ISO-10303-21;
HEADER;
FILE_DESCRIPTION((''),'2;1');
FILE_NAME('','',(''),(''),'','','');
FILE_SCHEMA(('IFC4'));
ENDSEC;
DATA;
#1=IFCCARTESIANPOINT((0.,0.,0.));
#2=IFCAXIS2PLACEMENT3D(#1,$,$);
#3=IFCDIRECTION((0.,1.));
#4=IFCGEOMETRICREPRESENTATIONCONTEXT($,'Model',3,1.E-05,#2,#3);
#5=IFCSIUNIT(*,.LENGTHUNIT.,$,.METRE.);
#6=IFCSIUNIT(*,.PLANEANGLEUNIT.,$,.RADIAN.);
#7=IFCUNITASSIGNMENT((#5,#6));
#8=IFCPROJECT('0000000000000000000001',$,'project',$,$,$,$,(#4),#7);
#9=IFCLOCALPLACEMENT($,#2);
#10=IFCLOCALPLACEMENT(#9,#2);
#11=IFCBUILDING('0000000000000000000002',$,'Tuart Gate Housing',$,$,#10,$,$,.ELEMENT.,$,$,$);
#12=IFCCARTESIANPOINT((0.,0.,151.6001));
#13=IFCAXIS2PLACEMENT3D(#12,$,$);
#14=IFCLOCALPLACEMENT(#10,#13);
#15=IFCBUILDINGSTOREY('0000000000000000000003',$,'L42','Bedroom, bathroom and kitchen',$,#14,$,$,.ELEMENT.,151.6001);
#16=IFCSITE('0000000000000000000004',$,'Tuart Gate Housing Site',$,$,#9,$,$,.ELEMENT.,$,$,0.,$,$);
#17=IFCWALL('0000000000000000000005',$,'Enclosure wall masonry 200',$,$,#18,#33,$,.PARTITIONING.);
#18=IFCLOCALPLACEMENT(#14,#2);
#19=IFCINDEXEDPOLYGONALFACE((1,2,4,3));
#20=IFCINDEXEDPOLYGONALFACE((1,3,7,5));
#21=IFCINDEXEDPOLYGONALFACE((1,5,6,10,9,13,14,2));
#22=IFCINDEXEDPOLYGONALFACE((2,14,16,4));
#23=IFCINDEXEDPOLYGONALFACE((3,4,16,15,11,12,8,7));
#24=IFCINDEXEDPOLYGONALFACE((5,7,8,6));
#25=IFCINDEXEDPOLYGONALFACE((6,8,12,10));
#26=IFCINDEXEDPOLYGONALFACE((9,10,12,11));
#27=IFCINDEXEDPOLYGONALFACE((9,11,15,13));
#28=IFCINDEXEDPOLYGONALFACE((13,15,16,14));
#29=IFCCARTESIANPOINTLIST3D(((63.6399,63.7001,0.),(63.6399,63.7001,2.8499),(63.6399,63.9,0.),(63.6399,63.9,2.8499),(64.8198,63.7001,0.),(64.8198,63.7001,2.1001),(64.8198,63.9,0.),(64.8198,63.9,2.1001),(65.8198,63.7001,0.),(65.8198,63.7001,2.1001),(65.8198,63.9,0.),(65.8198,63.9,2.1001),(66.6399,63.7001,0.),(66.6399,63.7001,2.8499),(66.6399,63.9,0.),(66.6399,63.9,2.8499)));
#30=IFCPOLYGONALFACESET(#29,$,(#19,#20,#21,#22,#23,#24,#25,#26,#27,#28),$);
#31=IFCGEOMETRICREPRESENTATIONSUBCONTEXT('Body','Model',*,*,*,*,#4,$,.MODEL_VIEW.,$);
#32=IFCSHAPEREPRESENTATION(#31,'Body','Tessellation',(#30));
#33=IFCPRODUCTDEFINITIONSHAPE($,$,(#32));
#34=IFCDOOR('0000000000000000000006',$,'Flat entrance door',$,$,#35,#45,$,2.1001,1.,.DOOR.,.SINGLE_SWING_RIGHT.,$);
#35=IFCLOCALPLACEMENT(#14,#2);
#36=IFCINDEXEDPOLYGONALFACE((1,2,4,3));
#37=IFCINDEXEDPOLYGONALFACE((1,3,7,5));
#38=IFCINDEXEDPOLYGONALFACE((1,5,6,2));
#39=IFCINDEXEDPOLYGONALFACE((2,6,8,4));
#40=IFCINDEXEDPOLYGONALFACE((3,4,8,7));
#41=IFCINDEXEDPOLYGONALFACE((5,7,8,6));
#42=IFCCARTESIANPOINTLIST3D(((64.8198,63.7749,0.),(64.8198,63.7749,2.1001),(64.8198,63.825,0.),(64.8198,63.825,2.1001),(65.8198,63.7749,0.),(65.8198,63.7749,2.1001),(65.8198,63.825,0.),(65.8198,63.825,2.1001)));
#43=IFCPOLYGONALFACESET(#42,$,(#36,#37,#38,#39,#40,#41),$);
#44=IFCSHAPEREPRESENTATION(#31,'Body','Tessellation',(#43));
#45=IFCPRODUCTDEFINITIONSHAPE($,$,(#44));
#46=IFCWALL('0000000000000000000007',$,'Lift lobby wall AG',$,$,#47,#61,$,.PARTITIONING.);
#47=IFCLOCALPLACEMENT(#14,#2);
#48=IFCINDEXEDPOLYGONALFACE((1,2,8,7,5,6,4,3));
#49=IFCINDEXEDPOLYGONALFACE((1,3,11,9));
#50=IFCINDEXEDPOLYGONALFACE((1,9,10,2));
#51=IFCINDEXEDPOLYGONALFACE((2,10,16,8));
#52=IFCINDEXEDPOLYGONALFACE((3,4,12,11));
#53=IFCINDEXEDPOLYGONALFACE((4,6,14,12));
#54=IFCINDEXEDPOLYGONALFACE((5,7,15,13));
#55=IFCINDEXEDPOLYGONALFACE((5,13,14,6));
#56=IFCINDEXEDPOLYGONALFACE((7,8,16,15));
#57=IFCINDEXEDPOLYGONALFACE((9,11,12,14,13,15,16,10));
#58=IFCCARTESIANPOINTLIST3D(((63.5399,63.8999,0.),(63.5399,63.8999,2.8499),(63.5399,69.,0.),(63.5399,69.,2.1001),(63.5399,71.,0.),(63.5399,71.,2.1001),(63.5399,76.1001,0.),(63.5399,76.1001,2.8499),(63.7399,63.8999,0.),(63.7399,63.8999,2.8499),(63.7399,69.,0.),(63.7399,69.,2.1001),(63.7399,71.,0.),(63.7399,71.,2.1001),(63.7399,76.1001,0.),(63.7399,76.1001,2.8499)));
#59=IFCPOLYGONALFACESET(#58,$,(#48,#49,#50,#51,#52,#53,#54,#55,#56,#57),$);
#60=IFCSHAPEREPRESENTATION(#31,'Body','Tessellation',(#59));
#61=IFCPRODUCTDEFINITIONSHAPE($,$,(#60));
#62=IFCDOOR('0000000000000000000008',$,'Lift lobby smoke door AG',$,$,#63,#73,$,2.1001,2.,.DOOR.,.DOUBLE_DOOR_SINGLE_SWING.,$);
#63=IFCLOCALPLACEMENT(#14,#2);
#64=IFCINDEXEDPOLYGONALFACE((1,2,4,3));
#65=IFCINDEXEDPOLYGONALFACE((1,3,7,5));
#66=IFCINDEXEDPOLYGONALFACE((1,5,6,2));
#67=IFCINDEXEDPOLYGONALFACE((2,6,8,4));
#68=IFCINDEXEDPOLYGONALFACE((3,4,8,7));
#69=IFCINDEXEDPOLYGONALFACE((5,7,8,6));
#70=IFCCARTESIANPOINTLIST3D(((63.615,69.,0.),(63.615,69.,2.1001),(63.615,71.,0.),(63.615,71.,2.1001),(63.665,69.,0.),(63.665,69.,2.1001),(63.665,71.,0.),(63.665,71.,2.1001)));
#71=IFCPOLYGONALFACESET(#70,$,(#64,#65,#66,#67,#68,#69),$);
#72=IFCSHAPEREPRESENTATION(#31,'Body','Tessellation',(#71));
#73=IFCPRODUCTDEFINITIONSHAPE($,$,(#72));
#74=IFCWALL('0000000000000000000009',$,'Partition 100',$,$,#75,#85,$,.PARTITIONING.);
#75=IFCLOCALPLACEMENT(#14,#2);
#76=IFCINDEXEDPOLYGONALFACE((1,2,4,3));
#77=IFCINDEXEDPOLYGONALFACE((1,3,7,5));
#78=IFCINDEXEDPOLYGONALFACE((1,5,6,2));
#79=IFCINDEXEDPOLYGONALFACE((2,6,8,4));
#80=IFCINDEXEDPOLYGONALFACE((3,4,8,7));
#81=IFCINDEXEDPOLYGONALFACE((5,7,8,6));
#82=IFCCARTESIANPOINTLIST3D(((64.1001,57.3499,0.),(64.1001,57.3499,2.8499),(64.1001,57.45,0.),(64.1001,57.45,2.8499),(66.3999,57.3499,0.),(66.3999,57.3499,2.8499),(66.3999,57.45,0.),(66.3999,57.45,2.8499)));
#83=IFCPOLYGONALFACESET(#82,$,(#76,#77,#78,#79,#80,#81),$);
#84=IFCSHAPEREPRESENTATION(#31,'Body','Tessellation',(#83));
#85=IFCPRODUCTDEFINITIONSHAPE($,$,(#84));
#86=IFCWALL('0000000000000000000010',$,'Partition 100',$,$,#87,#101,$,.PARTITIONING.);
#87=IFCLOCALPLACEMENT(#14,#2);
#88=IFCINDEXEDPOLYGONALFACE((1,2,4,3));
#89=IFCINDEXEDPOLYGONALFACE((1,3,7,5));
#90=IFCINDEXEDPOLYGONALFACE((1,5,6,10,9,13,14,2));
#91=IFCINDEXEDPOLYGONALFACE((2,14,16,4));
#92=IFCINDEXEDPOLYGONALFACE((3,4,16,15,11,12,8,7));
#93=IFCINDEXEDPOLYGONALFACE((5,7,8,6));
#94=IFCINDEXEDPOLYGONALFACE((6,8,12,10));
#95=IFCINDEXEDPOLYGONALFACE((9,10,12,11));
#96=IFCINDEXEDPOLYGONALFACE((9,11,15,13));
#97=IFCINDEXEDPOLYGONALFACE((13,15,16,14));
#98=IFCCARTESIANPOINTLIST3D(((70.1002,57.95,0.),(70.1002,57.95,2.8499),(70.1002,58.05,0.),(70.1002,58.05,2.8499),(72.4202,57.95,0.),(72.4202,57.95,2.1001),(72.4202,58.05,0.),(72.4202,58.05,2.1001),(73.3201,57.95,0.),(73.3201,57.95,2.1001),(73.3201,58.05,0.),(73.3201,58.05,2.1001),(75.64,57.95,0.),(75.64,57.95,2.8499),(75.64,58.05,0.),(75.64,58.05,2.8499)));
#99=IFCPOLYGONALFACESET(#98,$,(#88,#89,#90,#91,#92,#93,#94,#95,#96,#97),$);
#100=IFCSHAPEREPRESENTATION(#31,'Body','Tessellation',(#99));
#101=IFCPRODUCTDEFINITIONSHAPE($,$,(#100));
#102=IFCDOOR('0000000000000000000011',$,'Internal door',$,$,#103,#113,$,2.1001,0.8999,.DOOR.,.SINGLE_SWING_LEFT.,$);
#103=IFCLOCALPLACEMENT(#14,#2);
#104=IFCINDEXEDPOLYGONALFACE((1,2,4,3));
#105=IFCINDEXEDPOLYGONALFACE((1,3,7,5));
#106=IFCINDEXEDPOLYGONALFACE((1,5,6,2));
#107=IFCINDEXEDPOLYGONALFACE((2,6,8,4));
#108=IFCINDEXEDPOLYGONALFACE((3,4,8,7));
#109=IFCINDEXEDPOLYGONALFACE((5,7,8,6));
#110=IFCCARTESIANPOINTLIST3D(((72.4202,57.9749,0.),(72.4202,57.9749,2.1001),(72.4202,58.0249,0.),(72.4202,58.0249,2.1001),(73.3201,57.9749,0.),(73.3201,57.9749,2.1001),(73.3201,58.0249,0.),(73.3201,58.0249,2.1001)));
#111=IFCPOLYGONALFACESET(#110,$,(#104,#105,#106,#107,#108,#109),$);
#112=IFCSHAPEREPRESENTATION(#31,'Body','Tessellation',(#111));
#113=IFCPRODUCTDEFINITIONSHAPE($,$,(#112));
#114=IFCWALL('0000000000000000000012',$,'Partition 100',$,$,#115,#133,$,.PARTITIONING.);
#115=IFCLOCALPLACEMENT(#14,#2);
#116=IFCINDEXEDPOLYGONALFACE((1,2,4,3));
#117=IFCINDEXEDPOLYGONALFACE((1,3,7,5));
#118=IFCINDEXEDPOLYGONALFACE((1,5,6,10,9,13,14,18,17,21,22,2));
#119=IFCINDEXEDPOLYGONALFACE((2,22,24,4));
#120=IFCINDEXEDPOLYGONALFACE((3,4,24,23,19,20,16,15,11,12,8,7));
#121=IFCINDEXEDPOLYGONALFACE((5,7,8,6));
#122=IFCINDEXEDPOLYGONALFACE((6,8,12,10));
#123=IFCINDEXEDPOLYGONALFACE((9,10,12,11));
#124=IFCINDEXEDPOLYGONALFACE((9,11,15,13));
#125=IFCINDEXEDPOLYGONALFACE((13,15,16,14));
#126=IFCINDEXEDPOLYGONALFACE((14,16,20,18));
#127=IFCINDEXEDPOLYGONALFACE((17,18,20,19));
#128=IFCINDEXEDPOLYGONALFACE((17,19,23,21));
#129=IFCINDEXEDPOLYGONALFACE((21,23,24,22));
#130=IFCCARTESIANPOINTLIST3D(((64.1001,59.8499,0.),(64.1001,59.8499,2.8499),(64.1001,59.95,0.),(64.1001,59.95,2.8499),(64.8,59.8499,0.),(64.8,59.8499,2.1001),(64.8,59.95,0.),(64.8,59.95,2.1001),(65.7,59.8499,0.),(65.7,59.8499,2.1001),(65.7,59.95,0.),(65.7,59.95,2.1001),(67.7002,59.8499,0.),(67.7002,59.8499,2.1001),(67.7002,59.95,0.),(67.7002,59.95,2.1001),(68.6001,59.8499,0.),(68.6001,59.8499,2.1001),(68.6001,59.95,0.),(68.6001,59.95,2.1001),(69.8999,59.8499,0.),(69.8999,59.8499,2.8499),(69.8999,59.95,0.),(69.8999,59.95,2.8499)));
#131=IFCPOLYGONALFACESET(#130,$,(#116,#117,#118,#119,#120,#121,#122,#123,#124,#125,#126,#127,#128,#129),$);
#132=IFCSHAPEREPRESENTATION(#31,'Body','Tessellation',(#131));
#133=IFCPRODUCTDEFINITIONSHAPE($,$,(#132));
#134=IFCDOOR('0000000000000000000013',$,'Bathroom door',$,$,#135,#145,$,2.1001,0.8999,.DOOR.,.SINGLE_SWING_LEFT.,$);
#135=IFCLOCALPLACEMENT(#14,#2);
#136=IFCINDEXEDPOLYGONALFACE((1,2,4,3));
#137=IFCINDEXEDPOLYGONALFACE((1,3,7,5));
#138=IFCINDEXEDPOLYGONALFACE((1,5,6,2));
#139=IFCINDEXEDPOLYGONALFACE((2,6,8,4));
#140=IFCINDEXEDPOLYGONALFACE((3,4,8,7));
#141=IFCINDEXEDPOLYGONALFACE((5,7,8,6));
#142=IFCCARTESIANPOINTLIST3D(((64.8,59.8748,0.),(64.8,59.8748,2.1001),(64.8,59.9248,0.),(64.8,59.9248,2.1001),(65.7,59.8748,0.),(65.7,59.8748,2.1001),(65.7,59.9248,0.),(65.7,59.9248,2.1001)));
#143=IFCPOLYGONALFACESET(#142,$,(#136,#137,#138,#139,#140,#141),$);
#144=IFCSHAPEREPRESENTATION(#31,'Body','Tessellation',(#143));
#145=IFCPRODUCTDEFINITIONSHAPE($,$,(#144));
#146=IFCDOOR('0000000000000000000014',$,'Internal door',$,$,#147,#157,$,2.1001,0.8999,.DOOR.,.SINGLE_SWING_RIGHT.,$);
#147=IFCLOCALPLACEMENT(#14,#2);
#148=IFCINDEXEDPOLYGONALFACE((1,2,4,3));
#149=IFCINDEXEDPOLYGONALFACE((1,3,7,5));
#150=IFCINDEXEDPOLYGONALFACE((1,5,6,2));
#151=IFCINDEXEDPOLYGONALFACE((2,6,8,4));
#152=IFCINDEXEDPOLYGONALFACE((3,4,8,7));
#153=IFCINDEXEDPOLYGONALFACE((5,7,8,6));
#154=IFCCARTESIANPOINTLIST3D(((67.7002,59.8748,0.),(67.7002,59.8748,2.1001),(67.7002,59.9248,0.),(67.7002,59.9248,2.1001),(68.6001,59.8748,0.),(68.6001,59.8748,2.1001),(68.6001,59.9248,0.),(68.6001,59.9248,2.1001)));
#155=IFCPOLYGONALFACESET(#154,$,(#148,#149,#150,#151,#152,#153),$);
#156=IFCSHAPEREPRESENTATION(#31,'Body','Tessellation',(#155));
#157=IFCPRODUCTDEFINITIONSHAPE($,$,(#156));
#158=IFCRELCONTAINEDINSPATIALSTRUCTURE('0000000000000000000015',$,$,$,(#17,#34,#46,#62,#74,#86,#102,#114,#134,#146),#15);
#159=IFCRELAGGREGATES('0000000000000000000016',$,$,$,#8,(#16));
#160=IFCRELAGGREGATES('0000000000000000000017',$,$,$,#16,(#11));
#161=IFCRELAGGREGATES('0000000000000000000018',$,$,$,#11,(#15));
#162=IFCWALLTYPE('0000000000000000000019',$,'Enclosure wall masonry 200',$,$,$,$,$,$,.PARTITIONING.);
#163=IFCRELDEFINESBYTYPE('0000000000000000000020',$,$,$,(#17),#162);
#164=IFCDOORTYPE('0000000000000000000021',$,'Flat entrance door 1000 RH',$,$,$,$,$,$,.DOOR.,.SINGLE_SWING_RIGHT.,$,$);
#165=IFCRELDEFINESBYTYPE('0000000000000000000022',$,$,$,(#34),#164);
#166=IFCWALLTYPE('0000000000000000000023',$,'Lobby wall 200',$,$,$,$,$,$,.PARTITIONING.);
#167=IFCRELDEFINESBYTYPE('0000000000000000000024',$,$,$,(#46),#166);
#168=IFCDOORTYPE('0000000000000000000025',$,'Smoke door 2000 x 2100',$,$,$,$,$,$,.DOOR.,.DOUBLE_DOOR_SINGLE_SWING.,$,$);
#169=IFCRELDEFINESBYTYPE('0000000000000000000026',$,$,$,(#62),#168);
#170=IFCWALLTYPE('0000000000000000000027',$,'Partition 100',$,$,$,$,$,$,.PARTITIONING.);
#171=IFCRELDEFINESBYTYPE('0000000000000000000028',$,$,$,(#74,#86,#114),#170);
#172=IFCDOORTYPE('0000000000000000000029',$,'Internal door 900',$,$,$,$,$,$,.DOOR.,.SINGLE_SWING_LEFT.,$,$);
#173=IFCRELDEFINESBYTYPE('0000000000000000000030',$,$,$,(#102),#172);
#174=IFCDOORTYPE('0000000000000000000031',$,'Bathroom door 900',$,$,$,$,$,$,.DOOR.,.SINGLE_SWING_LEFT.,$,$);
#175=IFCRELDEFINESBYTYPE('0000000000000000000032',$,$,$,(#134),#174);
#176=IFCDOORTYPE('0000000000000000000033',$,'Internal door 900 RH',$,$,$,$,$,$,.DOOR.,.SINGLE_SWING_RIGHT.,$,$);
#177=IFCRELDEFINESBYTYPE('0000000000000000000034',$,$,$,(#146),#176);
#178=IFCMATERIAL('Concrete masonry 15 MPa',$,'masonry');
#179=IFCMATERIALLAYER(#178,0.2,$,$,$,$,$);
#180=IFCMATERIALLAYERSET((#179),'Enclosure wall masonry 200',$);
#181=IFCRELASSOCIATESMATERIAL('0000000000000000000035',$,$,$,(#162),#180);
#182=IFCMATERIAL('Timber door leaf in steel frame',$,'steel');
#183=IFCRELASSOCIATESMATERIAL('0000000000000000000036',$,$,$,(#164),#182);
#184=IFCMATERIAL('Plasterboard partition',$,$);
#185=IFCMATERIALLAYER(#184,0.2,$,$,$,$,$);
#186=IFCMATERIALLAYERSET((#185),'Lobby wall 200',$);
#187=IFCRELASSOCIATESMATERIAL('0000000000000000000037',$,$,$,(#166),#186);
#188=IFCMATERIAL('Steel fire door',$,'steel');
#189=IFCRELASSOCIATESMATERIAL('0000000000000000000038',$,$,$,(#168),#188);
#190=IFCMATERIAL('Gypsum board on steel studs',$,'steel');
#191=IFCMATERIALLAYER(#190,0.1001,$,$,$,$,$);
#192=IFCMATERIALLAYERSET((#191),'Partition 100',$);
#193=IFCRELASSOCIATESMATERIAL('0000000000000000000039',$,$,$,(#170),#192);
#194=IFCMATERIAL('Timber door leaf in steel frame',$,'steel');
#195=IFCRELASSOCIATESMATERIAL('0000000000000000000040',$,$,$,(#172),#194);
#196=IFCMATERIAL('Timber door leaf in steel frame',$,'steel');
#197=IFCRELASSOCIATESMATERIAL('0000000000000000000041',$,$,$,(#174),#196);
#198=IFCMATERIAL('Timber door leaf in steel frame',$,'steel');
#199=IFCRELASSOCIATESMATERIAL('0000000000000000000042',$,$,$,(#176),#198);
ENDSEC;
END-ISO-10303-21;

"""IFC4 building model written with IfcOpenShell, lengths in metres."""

from ifc_helpers import new_model, si_unit, direction, frame, frame_2d, origin, place, context, subcontext, project, spatial, rectangle, extrude, material, layer, layer_set, type_object, element, fill, save


model = new_model("IFC4")

# Units and contexts
model_context = context("Model", 3, precision=1e-05, world=origin(), true_north=direction((0.0, 1.0)))
body_context = subcontext(model_context, "Body", "Model", "MODEL_VIEW")
ifc_project = project(units=[si_unit("LENGTHUNIT", "METRE"), si_unit("PLANEANGLEUNIT", "RADIAN")], contexts=[model_context])

# Site, building, storey
site_placement = place(None, origin())
site = spatial("IfcSite", under=ifc_project, at=site_placement, Name="Tuart Gate Housing Site", CompositionType="ELEMENT", RefElevation=0.0)
building_placement = place(site_placement, origin())
building = spatial("IfcBuilding", under=site, at=building_placement, Name="Tuart Gate Housing", CompositionType="ELEMENT")
storey_placement = place(building_placement, frame((0.0, 0.0, 151.6001)))
storey = spatial("IfcBuildingStorey", under=building, at=storey_placement, Name="L42", Description="Bedroom, bathroom and kitchen", CompositionType="ELEMENT", Elevation=151.6001)

# Walls, openings, doors
ifc_material_1 = material(Name="Concrete masonry 15 MPa", Category="masonry")
ifc_layer_1 = layer(ifc_material_1, 0.2)
ifc_layer_set_1 = layer_set([ifc_layer_1], Name="Enclosure wall masonry 200")
wall_type_1 = type_object("IfcWallType", Name="Enclosure wall masonry 200", PredefinedType="PARTITIONING", material=ifc_layer_set_1)
wall_1_placement = place(storey_placement, frame((63.6399, 63.8, 0.0), z_axis=(0.0, 0.0, 1.0), x_axis=(1.0, 0.0, 0.0)))
wall_1 = element("IfcWall", 1, at=wall_1_placement, inside=storey, type_object=wall_type_1, Name="Enclosure wall masonry 200", PredefinedType="PARTITIONING", context=body_context, shape_type="SweptSolid", body=[
    extrude(rectangle(XDim=3.0, YDim=0.2, at=frame_2d((1.5, 0.0))), origin(), (0.0, 0.0, 1.0), 2.8499),
])
opening_1_placement = place(wall_1_placement, frame((1.1799, 0.0, 0.0)))
opening_1 = element("IfcOpeningElement", 2, at=opening_1_placement, cuts=wall_1, PredefinedType="OPENING", context=body_context, shape_type="SweptSolid", body=[
    extrude(rectangle(XDim=1.0, YDim=2.1001, at=frame_2d((0.5, 1.05))), frame((0.0, 0.1099, 0.0), z_axis=(0.0, -1.0, 0.0), x_axis=(1.0, 0.0, 0.0)), (0.0, 0.0, 1.0), 0.22),
])
ifc_material_2 = material(Name="Timber door leaf in steel frame", Category="steel")
door_type_1 = type_object("IfcDoorType", Name="Flat entrance door 1000 RH", OperationType="SINGLE_SWING_RIGHT", PredefinedType="DOOR", material=ifc_material_2)
door_1_placement = place(opening_1_placement, frame((1.0, 0.0, 0.0), z_axis=(0.0, 0.0, 1.0), x_axis=(-1.0, 0.0, 0.0)))
door_1 = element("IfcDoor", 3, at=door_1_placement, inside=storey, type_object=door_type_1, Name="Flat entrance door", OperationType="SINGLE_SWING_RIGHT", OverallHeight=2.1001, OverallWidth=1.0, PredefinedType="DOOR", context=body_context, shape_type="SweptSolid", body=[
    extrude(rectangle(XDim=1.0, YDim=2.1001, at=frame_2d((0.5, 1.05))), frame((0.0, 0.0251, 0.0), z_axis=(0.0, -1.0, 0.0), x_axis=(1.0, 0.0, 0.0)), (0.0, 0.0, 1.0), 0.05),
])
fill(opening_1, door_1)
ifc_material_3 = material(Name="Plasterboard partition")
ifc_layer_2 = layer(ifc_material_3, 0.2)
ifc_layer_set_2 = layer_set([ifc_layer_2], Name="Lobby wall 200")
wall_type_2 = type_object("IfcWallType", Name="Lobby wall 200", PredefinedType="PARTITIONING", material=ifc_layer_set_2)
wall_2_placement = place(storey_placement, frame((63.6399, 63.8999, 0.0), z_axis=(0.0, 0.0, 1.0), x_axis=(0.0, 1.0, 0.0)))
wall_2 = element("IfcWall", 4, at=wall_2_placement, inside=storey, type_object=wall_type_2, Name="Lift lobby wall AG", PredefinedType="PARTITIONING", context=body_context, shape_type="SweptSolid", body=[
    extrude(rectangle(XDim=12.2002, YDim=0.2, at=frame_2d((6.1001, 0.0))), origin(), (0.0, 0.0, 1.0), 2.8499),
])
opening_2_placement = place(wall_2_placement, frame((5.1001, 0.0, 0.0)))
opening_2 = element("IfcOpeningElement", 5, at=opening_2_placement, cuts=wall_2, PredefinedType="OPENING", context=body_context, shape_type="SweptSolid", body=[
    extrude(rectangle(XDim=2.0, YDim=2.1001, at=frame_2d((1.0, 1.05))), frame((0.0, 0.1099, 0.0), z_axis=(0.0, -1.0, 0.0), x_axis=(1.0, 0.0, 0.0)), (0.0, 0.0, 1.0), 0.22),
])
ifc_material_4 = material(Name="Steel fire door", Category="steel")
door_type_2 = type_object("IfcDoorType", Name="Smoke door 2000 x 2100", OperationType="DOUBLE_DOOR_SINGLE_SWING", PredefinedType="DOOR", material=ifc_material_4)
door_2_placement = place(opening_2_placement, frame((2.0, 0.0, 0.0), z_axis=(0.0, 0.0, 1.0), x_axis=(-1.0, 0.0, 0.0)))
door_2 = element("IfcDoor", 6, at=door_2_placement, inside=storey, type_object=door_type_2, Name="Lift lobby smoke door AG", OperationType="DOUBLE_DOOR_SINGLE_SWING", OverallHeight=2.1001, OverallWidth=2.0, PredefinedType="DOOR", context=body_context, shape_type="SweptSolid", body=[
    extrude(rectangle(XDim=2.0, YDim=2.1001, at=frame_2d((1.0, 1.05))), frame((0.0, 0.0251, 0.0), z_axis=(0.0, -1.0, 0.0), x_axis=(1.0, 0.0, 0.0)), (0.0, 0.0, 1.0), 0.05),
])
fill(opening_2, door_2)

# Wall
ifc_material_5 = material(Name="Gypsum board on steel studs", Category="steel")
ifc_layer_3 = layer(ifc_material_5, 0.1001)
ifc_layer_set_3 = layer_set([ifc_layer_3], Name="Partition 100")
wall_type_3 = type_object("IfcWallType", Name="Partition 100", PredefinedType="PARTITIONING", material=ifc_layer_set_3)
wall_3_placement = place(storey_placement, frame((64.1001, 57.3999, 0.0), z_axis=(0.0, 0.0, 1.0), x_axis=(1.0, 0.0, 0.0)))
element("IfcWall", 7, at=wall_3_placement, inside=storey, type_object=wall_type_3, Name="Partition 100", PredefinedType="PARTITIONING", context=body_context, shape_type="SweptSolid", body=[
    extrude(rectangle(XDim=2.2998, YDim=0.1001, at=frame_2d((1.1499, 0.0))), origin(), (0.0, 0.0, 1.0), 2.8499),
])

# Wall, opening, door
wall_4_placement = place(storey_placement, frame((70.1001, 58.0, 0.0), z_axis=(0.0, 0.0, 1.0), x_axis=(1.0, 0.0, 0.0)))
wall_4 = element("IfcWall", 8, at=wall_4_placement, inside=storey, type_object=wall_type_3, Name="Partition 100", PredefinedType="PARTITIONING", context=body_context, shape_type="SweptSolid", body=[
    extrude(rectangle(XDim=5.5398, YDim=0.1001, at=frame_2d((2.77, 0.0))), origin(), (0.0, 0.0, 1.0), 2.8499),
])
opening_3_placement = place(wall_4_placement, frame((2.3201, 0.0, 0.0)))
opening_3 = element("IfcOpeningElement", 9, at=opening_3_placement, cuts=wall_4, PredefinedType="OPENING", context=body_context, shape_type="SweptSolid", body=[
    extrude(rectangle(XDim=0.8999, YDim=2.1001, at=frame_2d((0.45, 1.05))), frame((0.0, 0.0601, 0.0), z_axis=(0.0, -1.0, 0.0), x_axis=(1.0, 0.0, 0.0)), (0.0, 0.0, 1.0), 0.1201),
])
ifc_material_6 = material(Name="Timber door leaf in steel frame", Category="steel")
door_type_3 = type_object("IfcDoorType", Name="Internal door 900", OperationType="SINGLE_SWING_LEFT", PredefinedType="DOOR", material=ifc_material_6)
door_3_placement = place(opening_3_placement, frame((0.8999, 0.0, 0.0), z_axis=(0.0, 0.0, 1.0), x_axis=(-1.0, 0.0, 0.0)))
door_3 = element("IfcDoor", 10, at=door_3_placement, inside=storey, type_object=door_type_3, Name="Internal door", OperationType="SINGLE_SWING_LEFT", OverallHeight=2.1001, OverallWidth=0.8999, PredefinedType="DOOR", context=body_context, shape_type="SweptSolid", body=[
    extrude(rectangle(XDim=0.8999, YDim=2.1001, at=frame_2d((0.45, 1.05))), frame((0.0, 0.0251, 0.0), z_axis=(0.0, -1.0, 0.0), x_axis=(1.0, 0.0, 0.0)), (0.0, 0.0, 1.0), 0.05),
])
fill(opening_3, door_3)

# Wall, openings, doors
wall_5_placement = place(storey_placement, frame((64.1001, 59.8999, 0.0), z_axis=(0.0, 0.0, 1.0), x_axis=(1.0, 0.0, 0.0)))
wall_5 = element("IfcWall", 11, at=wall_5_placement, inside=storey, type_object=wall_type_3, Name="Partition 100", PredefinedType="PARTITIONING", context=body_context, shape_type="SweptSolid", body=[
    extrude(rectangle(XDim=5.7998, YDim=0.1001, at=frame_2d((2.8999, 0.0))), origin(), (0.0, 0.0, 1.0), 2.8499),
])
opening_4_placement = place(wall_5_placement, frame((3.6001, 0.0, 0.0)))
opening_4 = element("IfcOpeningElement", 12, at=opening_4_placement, cuts=wall_5, PredefinedType="OPENING", context=body_context, shape_type="SweptSolid", body=[
    extrude(rectangle(XDim=0.8999, YDim=2.1001, at=frame_2d((0.45, 1.05))), frame((0.0, 0.0601, 0.0), z_axis=(0.0, -1.0, 0.0), x_axis=(1.0, 0.0, 0.0)), (0.0, 0.0, 1.0), 0.1201),
])
opening_5_placement = place(wall_5_placement, frame((0.7, 0.0, 0.0)))
opening_5 = element("IfcOpeningElement", 13, at=opening_5_placement, cuts=wall_5, PredefinedType="OPENING", context=body_context, shape_type="SweptSolid", body=[
    extrude(rectangle(XDim=0.8999, YDim=2.1001, at=frame_2d((0.45, 1.05))), frame((0.0, 0.0601, 0.0), z_axis=(0.0, -1.0, 0.0), x_axis=(1.0, 0.0, 0.0)), (0.0, 0.0, 1.0), 0.1201),
])
ifc_material_7 = material(Name="Timber door leaf in steel frame", Category="steel")
door_type_4 = type_object("IfcDoorType", Name="Bathroom door 900", OperationType="SINGLE_SWING_LEFT", PredefinedType="DOOR", material=ifc_material_7)
door_4_placement = place(opening_5_placement, frame((0.8999, 0.0, 0.0), z_axis=(0.0, 0.0, 1.0), x_axis=(-1.0, 0.0, 0.0)))
door_4 = element("IfcDoor", 14, at=door_4_placement, inside=storey, type_object=door_type_4, Name="Bathroom door", OperationType="SINGLE_SWING_LEFT", OverallHeight=2.1001, OverallWidth=0.8999, PredefinedType="DOOR", context=body_context, shape_type="SweptSolid", body=[
    extrude(rectangle(XDim=0.8999, YDim=2.1001, at=frame_2d((0.45, 1.05))), frame((0.0, 0.0251, 0.0), z_axis=(0.0, -1.0, 0.0), x_axis=(1.0, 0.0, 0.0)), (0.0, 0.0, 1.0), 0.05),
])
fill(opening_5, door_4)
ifc_material_8 = material(Name="Timber door leaf in steel frame", Category="steel")
door_type_5 = type_object("IfcDoorType", Name="Internal door 900 RH", OperationType="SINGLE_SWING_RIGHT", PredefinedType="DOOR", material=ifc_material_8)
door_5_placement = place(opening_4_placement, frame((0.8999, 0.0, 0.0), z_axis=(0.0, 0.0, 1.0), x_axis=(-1.0, 0.0, 0.0)))
door_5 = element("IfcDoor", 15, at=door_5_placement, inside=storey, type_object=door_type_5, Name="Internal door", OperationType="SINGLE_SWING_RIGHT", OverallHeight=2.1001, OverallWidth=0.8999, PredefinedType="DOOR", context=body_context, shape_type="SweptSolid", body=[
    extrude(rectangle(XDim=0.8999, YDim=2.1001, at=frame_2d((0.45, 1.05))), frame((0.0, 0.0251, 0.0), z_axis=(0.0, -1.0, 0.0), x_axis=(1.0, 0.0, 0.0)), (0.0, 0.0, 1.0), 0.05),
])
fill(opening_4, door_5)

save(model, "model.ifc")
